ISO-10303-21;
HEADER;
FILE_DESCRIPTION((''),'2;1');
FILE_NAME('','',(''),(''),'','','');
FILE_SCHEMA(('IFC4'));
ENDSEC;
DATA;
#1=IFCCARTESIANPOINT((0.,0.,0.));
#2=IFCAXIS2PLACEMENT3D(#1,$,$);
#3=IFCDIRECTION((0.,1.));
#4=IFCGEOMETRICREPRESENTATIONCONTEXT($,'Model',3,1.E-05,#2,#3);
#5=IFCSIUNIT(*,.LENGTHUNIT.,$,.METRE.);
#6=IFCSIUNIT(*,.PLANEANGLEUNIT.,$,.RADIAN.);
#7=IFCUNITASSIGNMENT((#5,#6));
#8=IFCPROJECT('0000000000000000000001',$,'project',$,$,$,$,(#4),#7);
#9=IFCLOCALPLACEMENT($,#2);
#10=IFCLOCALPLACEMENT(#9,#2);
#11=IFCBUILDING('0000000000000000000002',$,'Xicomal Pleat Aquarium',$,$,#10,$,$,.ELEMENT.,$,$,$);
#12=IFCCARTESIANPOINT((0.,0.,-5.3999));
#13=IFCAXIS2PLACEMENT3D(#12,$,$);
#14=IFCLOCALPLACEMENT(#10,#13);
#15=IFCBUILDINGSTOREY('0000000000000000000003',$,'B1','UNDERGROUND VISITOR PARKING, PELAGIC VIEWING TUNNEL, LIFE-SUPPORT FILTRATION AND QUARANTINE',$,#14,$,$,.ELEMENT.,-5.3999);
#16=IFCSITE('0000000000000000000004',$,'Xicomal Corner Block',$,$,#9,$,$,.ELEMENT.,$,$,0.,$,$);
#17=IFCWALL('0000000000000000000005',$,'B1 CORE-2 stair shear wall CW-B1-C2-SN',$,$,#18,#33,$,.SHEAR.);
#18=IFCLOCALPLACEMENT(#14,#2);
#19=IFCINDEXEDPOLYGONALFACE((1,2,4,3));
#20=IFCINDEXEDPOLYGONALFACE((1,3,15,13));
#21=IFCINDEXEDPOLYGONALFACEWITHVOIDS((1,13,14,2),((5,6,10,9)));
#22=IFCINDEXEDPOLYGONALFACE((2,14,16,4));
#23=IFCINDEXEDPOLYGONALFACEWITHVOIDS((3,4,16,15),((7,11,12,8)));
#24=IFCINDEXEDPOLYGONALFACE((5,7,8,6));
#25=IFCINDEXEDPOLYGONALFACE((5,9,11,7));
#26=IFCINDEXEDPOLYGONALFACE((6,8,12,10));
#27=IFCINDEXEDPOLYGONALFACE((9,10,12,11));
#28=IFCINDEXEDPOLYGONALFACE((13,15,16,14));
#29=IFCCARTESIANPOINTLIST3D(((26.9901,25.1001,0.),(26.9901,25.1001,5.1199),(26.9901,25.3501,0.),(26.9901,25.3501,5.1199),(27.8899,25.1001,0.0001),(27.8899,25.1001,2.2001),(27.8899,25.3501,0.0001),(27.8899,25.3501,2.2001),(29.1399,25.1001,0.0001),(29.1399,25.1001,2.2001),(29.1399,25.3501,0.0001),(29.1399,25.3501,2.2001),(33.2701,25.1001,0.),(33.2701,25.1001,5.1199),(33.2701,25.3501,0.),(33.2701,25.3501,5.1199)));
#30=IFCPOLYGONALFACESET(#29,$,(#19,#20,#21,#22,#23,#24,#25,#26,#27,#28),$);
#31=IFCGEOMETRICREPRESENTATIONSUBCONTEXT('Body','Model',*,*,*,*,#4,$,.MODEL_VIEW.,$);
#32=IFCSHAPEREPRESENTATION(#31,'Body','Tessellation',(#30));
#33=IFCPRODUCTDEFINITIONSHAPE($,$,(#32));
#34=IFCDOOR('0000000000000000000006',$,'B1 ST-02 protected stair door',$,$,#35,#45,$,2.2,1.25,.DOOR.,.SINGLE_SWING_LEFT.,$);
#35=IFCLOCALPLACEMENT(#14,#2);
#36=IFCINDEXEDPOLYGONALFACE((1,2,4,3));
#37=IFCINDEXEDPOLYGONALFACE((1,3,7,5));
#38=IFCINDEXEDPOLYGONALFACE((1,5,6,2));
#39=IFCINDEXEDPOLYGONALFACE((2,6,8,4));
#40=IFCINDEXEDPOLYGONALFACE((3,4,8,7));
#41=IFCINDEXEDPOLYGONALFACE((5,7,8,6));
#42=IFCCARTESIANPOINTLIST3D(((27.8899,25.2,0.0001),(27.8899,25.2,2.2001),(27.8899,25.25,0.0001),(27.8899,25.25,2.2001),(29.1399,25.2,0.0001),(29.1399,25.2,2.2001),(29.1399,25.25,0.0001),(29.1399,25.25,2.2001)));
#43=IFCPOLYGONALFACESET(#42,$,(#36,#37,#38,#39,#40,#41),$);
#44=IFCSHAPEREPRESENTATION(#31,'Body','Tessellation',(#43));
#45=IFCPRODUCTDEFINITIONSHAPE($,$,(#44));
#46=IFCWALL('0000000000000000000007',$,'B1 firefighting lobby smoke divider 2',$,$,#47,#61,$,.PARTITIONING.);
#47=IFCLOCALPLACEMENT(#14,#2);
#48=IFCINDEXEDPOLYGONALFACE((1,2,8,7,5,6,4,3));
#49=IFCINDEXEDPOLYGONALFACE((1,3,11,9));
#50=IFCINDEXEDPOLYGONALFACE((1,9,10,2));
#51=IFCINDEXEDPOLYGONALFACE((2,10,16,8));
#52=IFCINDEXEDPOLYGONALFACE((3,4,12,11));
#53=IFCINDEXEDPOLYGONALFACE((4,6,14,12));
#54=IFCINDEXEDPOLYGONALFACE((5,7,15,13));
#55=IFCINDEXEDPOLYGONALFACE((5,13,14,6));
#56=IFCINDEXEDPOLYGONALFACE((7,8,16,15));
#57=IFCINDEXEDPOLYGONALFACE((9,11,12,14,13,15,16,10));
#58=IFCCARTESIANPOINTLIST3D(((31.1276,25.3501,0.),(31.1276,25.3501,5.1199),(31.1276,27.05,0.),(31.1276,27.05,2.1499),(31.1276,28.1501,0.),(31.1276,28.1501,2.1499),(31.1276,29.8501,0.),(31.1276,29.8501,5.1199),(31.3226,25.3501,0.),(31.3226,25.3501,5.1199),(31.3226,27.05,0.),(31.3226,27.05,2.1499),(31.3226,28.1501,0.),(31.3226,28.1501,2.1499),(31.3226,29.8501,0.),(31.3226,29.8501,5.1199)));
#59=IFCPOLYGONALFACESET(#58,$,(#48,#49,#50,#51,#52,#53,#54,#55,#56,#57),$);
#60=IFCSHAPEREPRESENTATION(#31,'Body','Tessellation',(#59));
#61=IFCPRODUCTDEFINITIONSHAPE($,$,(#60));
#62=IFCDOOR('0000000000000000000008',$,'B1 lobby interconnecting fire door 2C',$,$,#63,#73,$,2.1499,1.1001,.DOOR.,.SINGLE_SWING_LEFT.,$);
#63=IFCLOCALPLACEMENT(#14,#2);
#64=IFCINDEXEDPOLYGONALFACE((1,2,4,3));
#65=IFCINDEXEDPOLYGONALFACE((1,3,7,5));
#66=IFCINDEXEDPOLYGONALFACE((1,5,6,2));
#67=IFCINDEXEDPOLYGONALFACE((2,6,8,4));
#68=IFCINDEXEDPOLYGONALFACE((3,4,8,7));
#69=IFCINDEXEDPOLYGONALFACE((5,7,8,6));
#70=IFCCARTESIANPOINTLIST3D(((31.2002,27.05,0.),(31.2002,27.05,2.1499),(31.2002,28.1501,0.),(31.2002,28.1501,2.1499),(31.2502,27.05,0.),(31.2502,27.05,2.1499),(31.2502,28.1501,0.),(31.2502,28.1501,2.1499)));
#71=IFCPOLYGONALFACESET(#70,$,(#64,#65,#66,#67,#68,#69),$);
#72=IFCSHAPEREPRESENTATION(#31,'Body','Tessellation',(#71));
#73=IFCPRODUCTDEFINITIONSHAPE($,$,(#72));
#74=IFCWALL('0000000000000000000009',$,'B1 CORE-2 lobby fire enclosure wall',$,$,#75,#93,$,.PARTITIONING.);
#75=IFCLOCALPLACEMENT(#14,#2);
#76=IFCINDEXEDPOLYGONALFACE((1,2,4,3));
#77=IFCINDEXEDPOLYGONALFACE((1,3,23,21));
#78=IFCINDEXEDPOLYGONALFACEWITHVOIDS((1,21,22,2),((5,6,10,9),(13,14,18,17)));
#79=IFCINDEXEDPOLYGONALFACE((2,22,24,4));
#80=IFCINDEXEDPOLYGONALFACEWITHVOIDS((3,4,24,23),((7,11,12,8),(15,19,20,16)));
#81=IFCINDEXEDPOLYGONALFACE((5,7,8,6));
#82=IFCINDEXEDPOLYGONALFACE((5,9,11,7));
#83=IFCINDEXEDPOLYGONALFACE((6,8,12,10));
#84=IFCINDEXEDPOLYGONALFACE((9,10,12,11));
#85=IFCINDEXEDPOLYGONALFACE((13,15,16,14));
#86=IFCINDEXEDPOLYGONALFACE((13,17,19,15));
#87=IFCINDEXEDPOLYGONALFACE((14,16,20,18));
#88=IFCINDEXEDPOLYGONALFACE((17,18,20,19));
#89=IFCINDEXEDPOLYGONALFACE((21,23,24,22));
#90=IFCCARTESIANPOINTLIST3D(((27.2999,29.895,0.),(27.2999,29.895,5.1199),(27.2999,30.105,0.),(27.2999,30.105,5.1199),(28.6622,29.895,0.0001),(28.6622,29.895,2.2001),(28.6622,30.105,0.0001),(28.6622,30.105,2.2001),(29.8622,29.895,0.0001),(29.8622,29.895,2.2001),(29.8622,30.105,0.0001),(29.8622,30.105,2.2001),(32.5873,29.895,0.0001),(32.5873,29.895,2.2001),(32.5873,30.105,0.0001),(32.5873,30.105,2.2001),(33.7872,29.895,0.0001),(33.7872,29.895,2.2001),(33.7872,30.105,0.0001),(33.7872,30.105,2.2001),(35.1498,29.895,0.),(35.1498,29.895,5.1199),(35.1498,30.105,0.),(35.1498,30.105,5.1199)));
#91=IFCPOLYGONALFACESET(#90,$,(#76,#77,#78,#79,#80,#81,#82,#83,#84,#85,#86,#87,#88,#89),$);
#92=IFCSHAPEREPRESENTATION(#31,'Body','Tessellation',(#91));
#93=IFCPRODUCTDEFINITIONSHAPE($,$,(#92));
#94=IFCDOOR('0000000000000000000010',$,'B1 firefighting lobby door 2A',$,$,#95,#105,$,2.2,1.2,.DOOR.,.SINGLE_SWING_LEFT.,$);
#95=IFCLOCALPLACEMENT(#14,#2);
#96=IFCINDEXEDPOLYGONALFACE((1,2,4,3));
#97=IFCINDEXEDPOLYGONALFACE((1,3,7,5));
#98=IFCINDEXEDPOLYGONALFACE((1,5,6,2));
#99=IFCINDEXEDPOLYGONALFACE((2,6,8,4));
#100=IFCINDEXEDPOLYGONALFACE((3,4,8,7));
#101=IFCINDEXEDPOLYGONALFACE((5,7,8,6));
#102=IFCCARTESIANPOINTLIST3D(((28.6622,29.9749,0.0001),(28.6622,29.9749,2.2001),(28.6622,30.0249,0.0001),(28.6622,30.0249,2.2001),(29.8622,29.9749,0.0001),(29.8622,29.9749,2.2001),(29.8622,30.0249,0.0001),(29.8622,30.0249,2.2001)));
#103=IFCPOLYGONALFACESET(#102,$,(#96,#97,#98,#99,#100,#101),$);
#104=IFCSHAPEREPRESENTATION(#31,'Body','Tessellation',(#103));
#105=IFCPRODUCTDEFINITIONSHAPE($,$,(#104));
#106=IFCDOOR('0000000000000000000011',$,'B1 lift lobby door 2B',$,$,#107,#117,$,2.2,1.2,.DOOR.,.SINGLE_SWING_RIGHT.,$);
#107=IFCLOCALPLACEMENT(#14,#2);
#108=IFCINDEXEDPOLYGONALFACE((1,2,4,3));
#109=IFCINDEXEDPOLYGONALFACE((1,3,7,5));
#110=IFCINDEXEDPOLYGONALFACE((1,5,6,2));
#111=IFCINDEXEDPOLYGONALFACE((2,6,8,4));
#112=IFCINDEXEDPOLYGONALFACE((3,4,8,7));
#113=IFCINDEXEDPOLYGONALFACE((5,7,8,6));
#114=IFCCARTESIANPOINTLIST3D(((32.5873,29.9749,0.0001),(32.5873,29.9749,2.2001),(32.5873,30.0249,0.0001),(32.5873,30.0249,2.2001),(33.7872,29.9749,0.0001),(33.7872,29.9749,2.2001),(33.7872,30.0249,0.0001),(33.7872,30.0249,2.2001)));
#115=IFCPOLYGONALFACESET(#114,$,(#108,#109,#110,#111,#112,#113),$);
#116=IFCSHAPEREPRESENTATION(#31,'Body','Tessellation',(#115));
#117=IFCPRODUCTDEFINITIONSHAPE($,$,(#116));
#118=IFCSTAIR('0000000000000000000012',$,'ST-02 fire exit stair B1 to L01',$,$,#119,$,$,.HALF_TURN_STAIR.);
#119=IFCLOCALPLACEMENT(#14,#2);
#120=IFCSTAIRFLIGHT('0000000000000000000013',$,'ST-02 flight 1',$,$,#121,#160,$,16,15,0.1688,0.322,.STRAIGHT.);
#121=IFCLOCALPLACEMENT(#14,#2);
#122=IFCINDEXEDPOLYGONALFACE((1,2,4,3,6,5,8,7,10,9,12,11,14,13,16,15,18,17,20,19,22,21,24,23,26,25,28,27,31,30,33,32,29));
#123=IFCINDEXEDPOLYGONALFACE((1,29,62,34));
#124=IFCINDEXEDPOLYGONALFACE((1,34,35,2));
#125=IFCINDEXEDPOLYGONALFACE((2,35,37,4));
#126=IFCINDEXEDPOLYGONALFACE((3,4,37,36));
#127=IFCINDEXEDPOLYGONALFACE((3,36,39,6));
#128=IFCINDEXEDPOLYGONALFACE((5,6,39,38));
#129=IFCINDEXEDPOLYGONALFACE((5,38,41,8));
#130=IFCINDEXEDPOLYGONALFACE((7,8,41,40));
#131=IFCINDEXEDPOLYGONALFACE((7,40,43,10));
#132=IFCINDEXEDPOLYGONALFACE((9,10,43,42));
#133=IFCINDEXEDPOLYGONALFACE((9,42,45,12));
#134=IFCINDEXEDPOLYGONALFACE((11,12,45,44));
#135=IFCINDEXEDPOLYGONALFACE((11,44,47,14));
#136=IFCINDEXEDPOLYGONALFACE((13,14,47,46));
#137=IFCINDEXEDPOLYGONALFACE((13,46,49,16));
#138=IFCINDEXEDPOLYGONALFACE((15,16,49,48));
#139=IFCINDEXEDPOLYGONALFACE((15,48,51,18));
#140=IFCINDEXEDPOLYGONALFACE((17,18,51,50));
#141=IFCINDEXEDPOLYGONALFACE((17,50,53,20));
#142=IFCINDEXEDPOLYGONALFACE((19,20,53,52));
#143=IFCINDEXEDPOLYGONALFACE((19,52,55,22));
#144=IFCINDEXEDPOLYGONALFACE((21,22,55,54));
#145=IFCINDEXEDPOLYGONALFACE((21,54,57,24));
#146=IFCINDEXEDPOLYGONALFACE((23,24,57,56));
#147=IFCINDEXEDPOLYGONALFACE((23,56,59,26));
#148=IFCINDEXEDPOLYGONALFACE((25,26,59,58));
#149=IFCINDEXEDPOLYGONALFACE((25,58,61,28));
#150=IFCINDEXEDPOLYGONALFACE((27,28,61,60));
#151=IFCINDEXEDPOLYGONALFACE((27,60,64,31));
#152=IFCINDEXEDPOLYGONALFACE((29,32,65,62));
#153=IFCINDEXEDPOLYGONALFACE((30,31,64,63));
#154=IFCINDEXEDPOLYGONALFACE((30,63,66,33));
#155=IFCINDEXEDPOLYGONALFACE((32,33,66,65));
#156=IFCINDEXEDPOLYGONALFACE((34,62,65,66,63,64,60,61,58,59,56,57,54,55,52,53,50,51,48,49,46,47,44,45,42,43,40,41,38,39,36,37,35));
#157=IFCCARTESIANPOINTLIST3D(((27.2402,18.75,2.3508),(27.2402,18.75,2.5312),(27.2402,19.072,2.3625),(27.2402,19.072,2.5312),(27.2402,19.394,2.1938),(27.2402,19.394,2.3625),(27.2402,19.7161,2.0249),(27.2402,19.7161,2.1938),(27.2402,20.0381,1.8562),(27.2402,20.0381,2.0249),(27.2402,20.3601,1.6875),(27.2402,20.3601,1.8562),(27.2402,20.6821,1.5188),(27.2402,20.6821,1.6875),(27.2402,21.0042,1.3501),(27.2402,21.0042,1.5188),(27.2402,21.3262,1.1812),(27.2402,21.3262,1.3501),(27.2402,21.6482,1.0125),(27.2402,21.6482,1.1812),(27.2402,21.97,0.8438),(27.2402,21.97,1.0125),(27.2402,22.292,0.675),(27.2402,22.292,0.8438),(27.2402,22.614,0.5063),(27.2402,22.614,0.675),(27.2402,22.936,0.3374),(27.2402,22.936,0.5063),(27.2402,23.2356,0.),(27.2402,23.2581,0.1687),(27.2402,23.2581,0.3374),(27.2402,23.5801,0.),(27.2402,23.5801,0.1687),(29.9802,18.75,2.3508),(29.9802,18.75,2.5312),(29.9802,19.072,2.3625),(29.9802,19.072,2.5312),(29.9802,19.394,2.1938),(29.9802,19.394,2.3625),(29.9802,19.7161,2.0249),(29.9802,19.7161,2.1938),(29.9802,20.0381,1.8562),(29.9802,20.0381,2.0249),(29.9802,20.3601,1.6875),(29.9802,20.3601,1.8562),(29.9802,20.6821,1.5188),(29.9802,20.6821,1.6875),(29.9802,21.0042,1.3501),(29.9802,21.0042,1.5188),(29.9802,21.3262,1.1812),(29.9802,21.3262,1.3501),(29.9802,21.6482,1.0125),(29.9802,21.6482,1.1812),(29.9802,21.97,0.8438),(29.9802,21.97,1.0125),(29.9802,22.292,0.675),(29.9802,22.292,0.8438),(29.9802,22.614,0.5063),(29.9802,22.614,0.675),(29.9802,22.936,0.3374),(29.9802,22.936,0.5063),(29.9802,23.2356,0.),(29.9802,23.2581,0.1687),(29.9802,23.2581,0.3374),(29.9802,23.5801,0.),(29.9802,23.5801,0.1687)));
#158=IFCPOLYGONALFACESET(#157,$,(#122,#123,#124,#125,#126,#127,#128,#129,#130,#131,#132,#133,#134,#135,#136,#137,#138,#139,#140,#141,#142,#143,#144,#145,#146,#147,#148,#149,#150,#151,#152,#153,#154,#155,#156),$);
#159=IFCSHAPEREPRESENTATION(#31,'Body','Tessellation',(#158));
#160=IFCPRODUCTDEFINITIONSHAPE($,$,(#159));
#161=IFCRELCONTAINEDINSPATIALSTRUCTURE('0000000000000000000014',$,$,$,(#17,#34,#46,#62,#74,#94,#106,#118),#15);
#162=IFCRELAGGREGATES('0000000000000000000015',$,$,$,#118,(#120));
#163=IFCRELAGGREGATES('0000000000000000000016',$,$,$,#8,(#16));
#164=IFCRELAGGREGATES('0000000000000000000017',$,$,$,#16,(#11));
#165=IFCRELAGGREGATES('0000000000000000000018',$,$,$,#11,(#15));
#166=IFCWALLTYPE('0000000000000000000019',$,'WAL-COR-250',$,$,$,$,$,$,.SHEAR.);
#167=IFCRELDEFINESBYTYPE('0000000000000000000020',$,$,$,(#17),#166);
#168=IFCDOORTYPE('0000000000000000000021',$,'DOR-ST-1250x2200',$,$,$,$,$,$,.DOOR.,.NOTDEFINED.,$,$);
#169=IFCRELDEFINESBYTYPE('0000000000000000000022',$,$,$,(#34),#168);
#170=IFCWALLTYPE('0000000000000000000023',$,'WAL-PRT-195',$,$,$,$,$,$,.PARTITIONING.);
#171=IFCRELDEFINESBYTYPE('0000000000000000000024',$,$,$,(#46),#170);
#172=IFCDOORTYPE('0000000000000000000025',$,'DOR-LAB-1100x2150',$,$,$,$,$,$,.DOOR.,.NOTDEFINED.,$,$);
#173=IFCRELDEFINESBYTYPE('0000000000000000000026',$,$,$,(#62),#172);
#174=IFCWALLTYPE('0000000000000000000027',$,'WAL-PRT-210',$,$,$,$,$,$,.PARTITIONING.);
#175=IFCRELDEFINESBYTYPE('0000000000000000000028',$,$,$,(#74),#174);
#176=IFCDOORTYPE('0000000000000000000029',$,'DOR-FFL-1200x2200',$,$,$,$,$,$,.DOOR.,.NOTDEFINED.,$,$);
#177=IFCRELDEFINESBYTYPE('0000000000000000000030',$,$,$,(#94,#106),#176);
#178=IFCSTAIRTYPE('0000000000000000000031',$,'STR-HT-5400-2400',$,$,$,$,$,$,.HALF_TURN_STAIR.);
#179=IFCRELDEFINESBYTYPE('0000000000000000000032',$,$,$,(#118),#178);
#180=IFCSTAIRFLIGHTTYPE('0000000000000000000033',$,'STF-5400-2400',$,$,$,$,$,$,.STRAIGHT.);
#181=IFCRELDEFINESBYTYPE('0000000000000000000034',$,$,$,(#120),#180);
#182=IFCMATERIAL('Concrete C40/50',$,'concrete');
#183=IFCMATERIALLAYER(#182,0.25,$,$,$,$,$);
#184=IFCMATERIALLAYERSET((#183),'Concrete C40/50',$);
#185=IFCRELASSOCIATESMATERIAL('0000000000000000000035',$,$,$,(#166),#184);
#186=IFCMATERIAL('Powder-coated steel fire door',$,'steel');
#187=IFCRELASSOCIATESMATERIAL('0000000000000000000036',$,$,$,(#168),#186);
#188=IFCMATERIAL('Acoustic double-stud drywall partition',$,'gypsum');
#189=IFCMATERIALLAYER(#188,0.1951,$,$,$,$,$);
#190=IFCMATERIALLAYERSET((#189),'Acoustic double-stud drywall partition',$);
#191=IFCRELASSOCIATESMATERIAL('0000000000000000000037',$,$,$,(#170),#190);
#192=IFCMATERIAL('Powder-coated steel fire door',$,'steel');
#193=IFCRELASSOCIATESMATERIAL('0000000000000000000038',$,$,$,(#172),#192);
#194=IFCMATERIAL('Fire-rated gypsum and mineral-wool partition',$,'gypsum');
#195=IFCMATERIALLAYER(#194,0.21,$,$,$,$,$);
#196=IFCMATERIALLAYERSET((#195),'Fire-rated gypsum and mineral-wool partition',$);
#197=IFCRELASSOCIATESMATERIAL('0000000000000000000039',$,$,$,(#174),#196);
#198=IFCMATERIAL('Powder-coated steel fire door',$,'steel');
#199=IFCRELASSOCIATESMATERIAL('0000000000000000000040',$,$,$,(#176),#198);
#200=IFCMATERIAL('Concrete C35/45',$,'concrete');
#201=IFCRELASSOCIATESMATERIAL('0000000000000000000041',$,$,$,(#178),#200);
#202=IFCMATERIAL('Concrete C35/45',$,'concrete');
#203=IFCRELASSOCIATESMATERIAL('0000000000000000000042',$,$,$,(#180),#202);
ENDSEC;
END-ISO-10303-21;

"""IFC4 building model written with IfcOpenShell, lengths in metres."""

from ifc_helpers import new_model, si_unit, direction, frame, frame_2d, origin, place, context, subcontext, project, spatial, polyline, rectangle, outline, extrude, material, layer, layer_set, type_object, element, fill, aggregate, save


model = new_model("IFC4")

# Units and contexts
model_context = context("Model", 3, precision=1e-05, world=origin(), true_north=direction((0.0, 1.0)))
body_context = subcontext(model_context, "Body", "Model", "MODEL_VIEW")
ifc_project = project(units=[si_unit("LENGTHUNIT", "METRE"), si_unit("PLANEANGLEUNIT", "RADIAN")], contexts=[model_context])

# Site, building, storey
site_placement = place(None, origin())
site = spatial("IfcSite", under=ifc_project, at=site_placement, Name="Xicomal Corner Block", CompositionType="ELEMENT", RefElevation=0.0)
building_placement = place(site_placement, origin())
building = spatial("IfcBuilding", under=site, at=building_placement, Name="Xicomal Pleat Aquarium", CompositionType="ELEMENT")
storey_placement = place(building_placement, frame((0.0, 0.0, -5.3999)))
storey = spatial("IfcBuildingStorey", under=building, at=storey_placement, Name="B1", Description="UNDERGROUND VISITOR PARKING, PELAGIC VIEWING TUNNEL, LIFE-SUPPORT FILTRATION AND QUARANTINE", CompositionType="ELEMENT", Elevation=-5.3999)

# Walls, openings, doors
ifc_material_1 = material(Name="Concrete C40/50", Category="concrete")
ifc_layer_1 = layer(ifc_material_1, 0.25)
ifc_layer_set_1 = layer_set([ifc_layer_1], Name="Concrete C40/50")
wall_type_1 = type_object("IfcWallType", Name="WAL-COR-250", PredefinedType="SHEAR", material=ifc_layer_set_1)
wall_1_placement = place(storey_placement, frame((26.99, 25.2251, 0.0), z_axis=(0.0, 0.0, 1.0), x_axis=(1.0, 0.0, 0.0)))
wall_1 = element("IfcWall", 1, at=wall_1_placement, inside=storey, type_object=wall_type_1, Name="B1 CORE-2 stair shear wall CW-B1-C2-SN", PredefinedType="SHEAR", context=body_context, shape_type="SweptSolid", body=[
    extrude(rectangle(XDim=6.28, YDim=0.25, at=frame_2d((3.1401, 0.0))), origin(), (0.0, 0.0, 1.0), 5.1199),
])
opening_1_placement = place(wall_1_placement, frame((0.8999, 0.0, 0.0)))
opening_1 = element("IfcOpeningElement", 2, at=opening_1_placement, cuts=wall_1, PredefinedType="OPENING", context=body_context, shape_type="SweptSolid", body=[
    extrude(rectangle(XDim=1.25, YDim=2.2, at=frame_2d((0.625, 1.1001))), frame((0.0, 0.135, 0.0), z_axis=(0.0, -1.0, 0.0), x_axis=(1.0, 0.0, 0.0)), (0.0, 0.0, 1.0), 0.27),
])
ifc_material_2 = material(Name="Powder-coated steel fire door", Category="steel")
door_type_1 = type_object("IfcDoorType", Name="DOR-ST-1250x2200", OperationType="NOTDEFINED", PredefinedType="DOOR", material=ifc_material_2)
door_1_placement = place(opening_1_placement, origin())
door_1 = element("IfcDoor", 3, at=door_1_placement, inside=storey, type_object=door_type_1, Name="B1 ST-02 protected stair door", OperationType="SINGLE_SWING_LEFT", OverallHeight=2.2, OverallWidth=1.25, PredefinedType="DOOR", context=body_context, shape_type="SweptSolid", body=[
    extrude(rectangle(XDim=1.25, YDim=2.2, at=frame_2d((0.625, 1.1001))), frame((0.0, 0.0249, 0.0), z_axis=(0.0, -1.0, 0.0), x_axis=(1.0, 0.0, 0.0)), (0.0, 0.0, 1.0), 0.05),
])
fill(opening_1, door_1)
ifc_material_3 = material(Name="Acoustic double-stud drywall partition", Category="gypsum")
ifc_layer_2 = layer(ifc_material_3, 0.1951)
ifc_layer_set_2 = layer_set([ifc_layer_2], Name="Acoustic double-stud drywall partition")
wall_type_2 = type_object("IfcWallType", Name="WAL-PRT-195", PredefinedType="PARTITIONING", material=ifc_layer_set_2)
wall_2_placement = place(storey_placement, frame((31.2251, 25.3501, 0.0), z_axis=(0.0, 0.0, 1.0), x_axis=(0.0, 1.0, 0.0)))
wall_2 = element("IfcWall", 4, at=wall_2_placement, inside=storey, type_object=wall_type_2, Name="B1 firefighting lobby smoke divider 2", PredefinedType="PARTITIONING", context=body_context, shape_type="SweptSolid", body=[
    extrude(rectangle(XDim=4.5, YDim=0.1951, at=frame_2d((2.25, 0.0))), origin(), (0.0, 0.0, 1.0), 5.1199),
])
opening_2_placement = place(wall_2_placement, frame((1.7, 0.0, 0.0)))
opening_2 = element("IfcOpeningElement", 5, at=opening_2_placement, cuts=wall_2, PredefinedType="OPENING", context=body_context, shape_type="SweptSolid", body=[
    extrude(rectangle(XDim=1.1001, YDim=2.1499, at=frame_2d((0.55, 1.075))), frame((0.0, 0.1074, 0.0), z_axis=(0.0, -1.0, 0.0), x_axis=(1.0, 0.0, 0.0)), (0.0, 0.0, 1.0), 0.2151),
])
ifc_material_4 = material(Name="Powder-coated steel fire door", Category="steel")
door_type_2 = type_object("IfcDoorType", Name="DOR-LAB-1100x2150", OperationType="NOTDEFINED", PredefinedType="DOOR", material=ifc_material_4)
door_2_placement = place(opening_2_placement, origin())
door_2 = element("IfcDoor", 6, at=door_2_placement, inside=storey, type_object=door_type_2, Name="B1 lobby interconnecting fire door 2C", OperationType="SINGLE_SWING_LEFT", OverallHeight=2.1499, OverallWidth=1.1001, PredefinedType="DOOR", context=body_context, shape_type="SweptSolid", body=[
    extrude(rectangle(XDim=1.1001, YDim=2.1499, at=frame_2d((0.55, 1.075))), frame((0.0, 0.0249, 0.0), z_axis=(0.0, -1.0, 0.0), x_axis=(1.0, 0.0, 0.0)), (0.0, 0.0, 1.0), 0.05),
])
fill(opening_2, door_2)

# Wall, openings, doors
ifc_material_5 = material(Name="Fire-rated gypsum and mineral-wool partition", Category="gypsum")
ifc_layer_3 = layer(ifc_material_5, 0.21)
ifc_layer_set_3 = layer_set([ifc_layer_3], Name="Fire-rated gypsum and mineral-wool partition")
wall_type_3 = type_object("IfcWallType", Name="WAL-PRT-210", PredefinedType="PARTITIONING", material=ifc_layer_set_3)
wall_3_placement = place(storey_placement, frame((27.3, 30.0, 0.0), z_axis=(0.0, 0.0, 1.0), x_axis=(1.0, 0.0, 0.0)))
wall_3 = element("IfcWall", 7, at=wall_3_placement, inside=storey, type_object=wall_type_3, Name="B1 CORE-2 lobby fire enclosure wall", PredefinedType="PARTITIONING", context=body_context, shape_type="SweptSolid", body=[
    extrude(rectangle(XDim=7.8499, YDim=0.21, at=frame_2d((3.9248, 0.0))), origin(), (0.0, 0.0, 1.0), 5.1199),
])
opening_3_placement = place(wall_3_placement, frame((1.3621, 0.0, 0.0)))
opening_3 = element("IfcOpeningElement", 8, at=opening_3_placement, cuts=wall_3, PredefinedType="OPENING", context=body_context, shape_type="SweptSolid", body=[
    extrude(rectangle(XDim=1.2, YDim=2.2, at=frame_2d((0.6001, 1.1001))), frame((0.0, 0.115, 0.0), z_axis=(0.0, -1.0, 0.0), x_axis=(1.0, 0.0, 0.0)), (0.0, 0.0, 1.0), 0.23),
])
opening_4_placement = place(wall_3_placement, frame((5.2871, 0.0, 0.0)))
opening_4 = element("IfcOpeningElement", 9, at=opening_4_placement, cuts=wall_3, PredefinedType="OPENING", context=body_context, shape_type="SweptSolid", body=[
    extrude(rectangle(XDim=1.2, YDim=2.2, at=frame_2d((0.6001, 1.1001))), frame((0.0, 0.115, 0.0), z_axis=(0.0, -1.0, 0.0), x_axis=(1.0, 0.0, 0.0)), (0.0, 0.0, 1.0), 0.23),
])
ifc_material_6 = material(Name="Powder-coated steel fire door", Category="steel")
door_type_3 = type_object("IfcDoorType", Name="DOR-FFL-1200x2200", OperationType="NOTDEFINED", PredefinedType="DOOR", material=ifc_material_6)
door_3_placement = place(opening_3_placement, origin())
door_3 = element("IfcDoor", 10, at=door_3_placement, inside=storey, type_object=door_type_3, Name="B1 firefighting lobby door 2A", OperationType="SINGLE_SWING_LEFT", OverallHeight=2.2, OverallWidth=1.2, PredefinedType="DOOR", context=body_context, shape_type="SweptSolid", body=[
    extrude(rectangle(XDim=1.2, YDim=2.2, at=frame_2d((0.6001, 1.1001))), frame((0.0, 0.0249, 0.0), z_axis=(0.0, -1.0, 0.0), x_axis=(1.0, 0.0, 0.0)), (0.0, 0.0, 1.0), 0.05),
])
fill(opening_3, door_3)
door_4_placement = place(opening_4_placement, origin())
door_4 = element("IfcDoor", 11, at=door_4_placement, inside=storey, type_object=door_type_3, Name="B1 lift lobby door 2B", OperationType="SINGLE_SWING_RIGHT", OverallHeight=2.2, OverallWidth=1.2, PredefinedType="DOOR", context=body_context, shape_type="SweptSolid", body=[
    extrude(rectangle(XDim=1.2, YDim=2.2, at=frame_2d((0.6001, 1.1001))), frame((0.0, 0.0249, 0.0), z_axis=(0.0, -1.0, 0.0), x_axis=(1.0, 0.0, 0.0)), (0.0, 0.0, 1.0), 0.05),
])
fill(opening_4, door_4)

# Stair, stair flight
ifc_material_7 = material(Name="Concrete C35/45", Category="concrete")
stair_type = type_object("IfcStairType", Name="STR-HT-5400-2400", PredefinedType="HALF_TURN_STAIR", material=ifc_material_7)
stair_placement = place(storey_placement, origin())
stair = element("IfcStair", 12, at=stair_placement, inside=storey, type_object=stair_type, Name="ST-02 fire exit stair B1 to L01", PredefinedType="HALF_TURN_STAIR")
ifc_material_8 = material(Name="Concrete C35/45", Category="concrete")
stair_flight_type = type_object("IfcStairFlightType", Name="STF-5400-2400", PredefinedType="STRAIGHT", material=ifc_material_8)
stair_flight_placement = place(storey_placement, frame((28.6101, 23.5801, 0.0), z_axis=(0.0, 0.0, 1.0), x_axis=(0.0, -1.0, 0.0)))
stair_flight = element("IfcStairFlight", 13, at=stair_flight_placement, type_object=stair_flight_type, Name="ST-02 flight 1", NumberOfRisers=16, NumberOfTreads=15, PredefinedType="STRAIGHT", RiserHeight=0.1688, TreadLength=0.322, context=body_context, shape_type="SweptSolid", body=[
    extrude(outline(polyline([(0.0, 0.0), (0.0, 0.1687), (0.322, 0.1687), (0.322, 0.3374), (0.644, 0.3374), (0.644, 0.5063), (0.9661, 0.5063), (0.9661, 0.675), (1.2881, 0.675), (1.2881, 0.8438), (1.6101, 0.8438), (1.6101, 1.0125), (1.9319, 1.0125), (1.9319, 1.1812), (2.2539, 1.1812), (2.2539, 1.3501), (2.5759, 1.3501), (2.5759, 1.5188), (2.8979, 1.5188), (2.8979, 1.6875), (3.22, 1.6875), (3.22, 1.8562), (3.542, 1.8562), (3.542, 2.0249), (3.864, 2.0249), (3.864, 2.1938), (4.186, 2.1938), (4.186, 2.3625), (4.5081, 2.3625), (4.5081, 2.5312), (4.8301, 2.5312), (4.8301, 2.7), (4.8301, 2.3508), (0.3445, 0.0), (0.0, 0.0)])), frame((0.0, 1.3701, 0.0), z_axis=(0.0, -1.0, 0.0), x_axis=(1.0, 0.0, 0.0)), (0.0, 0.0, 1.0), 2.74),
])
aggregate(stair, [stair_flight])

save(model, "model.ifc")
